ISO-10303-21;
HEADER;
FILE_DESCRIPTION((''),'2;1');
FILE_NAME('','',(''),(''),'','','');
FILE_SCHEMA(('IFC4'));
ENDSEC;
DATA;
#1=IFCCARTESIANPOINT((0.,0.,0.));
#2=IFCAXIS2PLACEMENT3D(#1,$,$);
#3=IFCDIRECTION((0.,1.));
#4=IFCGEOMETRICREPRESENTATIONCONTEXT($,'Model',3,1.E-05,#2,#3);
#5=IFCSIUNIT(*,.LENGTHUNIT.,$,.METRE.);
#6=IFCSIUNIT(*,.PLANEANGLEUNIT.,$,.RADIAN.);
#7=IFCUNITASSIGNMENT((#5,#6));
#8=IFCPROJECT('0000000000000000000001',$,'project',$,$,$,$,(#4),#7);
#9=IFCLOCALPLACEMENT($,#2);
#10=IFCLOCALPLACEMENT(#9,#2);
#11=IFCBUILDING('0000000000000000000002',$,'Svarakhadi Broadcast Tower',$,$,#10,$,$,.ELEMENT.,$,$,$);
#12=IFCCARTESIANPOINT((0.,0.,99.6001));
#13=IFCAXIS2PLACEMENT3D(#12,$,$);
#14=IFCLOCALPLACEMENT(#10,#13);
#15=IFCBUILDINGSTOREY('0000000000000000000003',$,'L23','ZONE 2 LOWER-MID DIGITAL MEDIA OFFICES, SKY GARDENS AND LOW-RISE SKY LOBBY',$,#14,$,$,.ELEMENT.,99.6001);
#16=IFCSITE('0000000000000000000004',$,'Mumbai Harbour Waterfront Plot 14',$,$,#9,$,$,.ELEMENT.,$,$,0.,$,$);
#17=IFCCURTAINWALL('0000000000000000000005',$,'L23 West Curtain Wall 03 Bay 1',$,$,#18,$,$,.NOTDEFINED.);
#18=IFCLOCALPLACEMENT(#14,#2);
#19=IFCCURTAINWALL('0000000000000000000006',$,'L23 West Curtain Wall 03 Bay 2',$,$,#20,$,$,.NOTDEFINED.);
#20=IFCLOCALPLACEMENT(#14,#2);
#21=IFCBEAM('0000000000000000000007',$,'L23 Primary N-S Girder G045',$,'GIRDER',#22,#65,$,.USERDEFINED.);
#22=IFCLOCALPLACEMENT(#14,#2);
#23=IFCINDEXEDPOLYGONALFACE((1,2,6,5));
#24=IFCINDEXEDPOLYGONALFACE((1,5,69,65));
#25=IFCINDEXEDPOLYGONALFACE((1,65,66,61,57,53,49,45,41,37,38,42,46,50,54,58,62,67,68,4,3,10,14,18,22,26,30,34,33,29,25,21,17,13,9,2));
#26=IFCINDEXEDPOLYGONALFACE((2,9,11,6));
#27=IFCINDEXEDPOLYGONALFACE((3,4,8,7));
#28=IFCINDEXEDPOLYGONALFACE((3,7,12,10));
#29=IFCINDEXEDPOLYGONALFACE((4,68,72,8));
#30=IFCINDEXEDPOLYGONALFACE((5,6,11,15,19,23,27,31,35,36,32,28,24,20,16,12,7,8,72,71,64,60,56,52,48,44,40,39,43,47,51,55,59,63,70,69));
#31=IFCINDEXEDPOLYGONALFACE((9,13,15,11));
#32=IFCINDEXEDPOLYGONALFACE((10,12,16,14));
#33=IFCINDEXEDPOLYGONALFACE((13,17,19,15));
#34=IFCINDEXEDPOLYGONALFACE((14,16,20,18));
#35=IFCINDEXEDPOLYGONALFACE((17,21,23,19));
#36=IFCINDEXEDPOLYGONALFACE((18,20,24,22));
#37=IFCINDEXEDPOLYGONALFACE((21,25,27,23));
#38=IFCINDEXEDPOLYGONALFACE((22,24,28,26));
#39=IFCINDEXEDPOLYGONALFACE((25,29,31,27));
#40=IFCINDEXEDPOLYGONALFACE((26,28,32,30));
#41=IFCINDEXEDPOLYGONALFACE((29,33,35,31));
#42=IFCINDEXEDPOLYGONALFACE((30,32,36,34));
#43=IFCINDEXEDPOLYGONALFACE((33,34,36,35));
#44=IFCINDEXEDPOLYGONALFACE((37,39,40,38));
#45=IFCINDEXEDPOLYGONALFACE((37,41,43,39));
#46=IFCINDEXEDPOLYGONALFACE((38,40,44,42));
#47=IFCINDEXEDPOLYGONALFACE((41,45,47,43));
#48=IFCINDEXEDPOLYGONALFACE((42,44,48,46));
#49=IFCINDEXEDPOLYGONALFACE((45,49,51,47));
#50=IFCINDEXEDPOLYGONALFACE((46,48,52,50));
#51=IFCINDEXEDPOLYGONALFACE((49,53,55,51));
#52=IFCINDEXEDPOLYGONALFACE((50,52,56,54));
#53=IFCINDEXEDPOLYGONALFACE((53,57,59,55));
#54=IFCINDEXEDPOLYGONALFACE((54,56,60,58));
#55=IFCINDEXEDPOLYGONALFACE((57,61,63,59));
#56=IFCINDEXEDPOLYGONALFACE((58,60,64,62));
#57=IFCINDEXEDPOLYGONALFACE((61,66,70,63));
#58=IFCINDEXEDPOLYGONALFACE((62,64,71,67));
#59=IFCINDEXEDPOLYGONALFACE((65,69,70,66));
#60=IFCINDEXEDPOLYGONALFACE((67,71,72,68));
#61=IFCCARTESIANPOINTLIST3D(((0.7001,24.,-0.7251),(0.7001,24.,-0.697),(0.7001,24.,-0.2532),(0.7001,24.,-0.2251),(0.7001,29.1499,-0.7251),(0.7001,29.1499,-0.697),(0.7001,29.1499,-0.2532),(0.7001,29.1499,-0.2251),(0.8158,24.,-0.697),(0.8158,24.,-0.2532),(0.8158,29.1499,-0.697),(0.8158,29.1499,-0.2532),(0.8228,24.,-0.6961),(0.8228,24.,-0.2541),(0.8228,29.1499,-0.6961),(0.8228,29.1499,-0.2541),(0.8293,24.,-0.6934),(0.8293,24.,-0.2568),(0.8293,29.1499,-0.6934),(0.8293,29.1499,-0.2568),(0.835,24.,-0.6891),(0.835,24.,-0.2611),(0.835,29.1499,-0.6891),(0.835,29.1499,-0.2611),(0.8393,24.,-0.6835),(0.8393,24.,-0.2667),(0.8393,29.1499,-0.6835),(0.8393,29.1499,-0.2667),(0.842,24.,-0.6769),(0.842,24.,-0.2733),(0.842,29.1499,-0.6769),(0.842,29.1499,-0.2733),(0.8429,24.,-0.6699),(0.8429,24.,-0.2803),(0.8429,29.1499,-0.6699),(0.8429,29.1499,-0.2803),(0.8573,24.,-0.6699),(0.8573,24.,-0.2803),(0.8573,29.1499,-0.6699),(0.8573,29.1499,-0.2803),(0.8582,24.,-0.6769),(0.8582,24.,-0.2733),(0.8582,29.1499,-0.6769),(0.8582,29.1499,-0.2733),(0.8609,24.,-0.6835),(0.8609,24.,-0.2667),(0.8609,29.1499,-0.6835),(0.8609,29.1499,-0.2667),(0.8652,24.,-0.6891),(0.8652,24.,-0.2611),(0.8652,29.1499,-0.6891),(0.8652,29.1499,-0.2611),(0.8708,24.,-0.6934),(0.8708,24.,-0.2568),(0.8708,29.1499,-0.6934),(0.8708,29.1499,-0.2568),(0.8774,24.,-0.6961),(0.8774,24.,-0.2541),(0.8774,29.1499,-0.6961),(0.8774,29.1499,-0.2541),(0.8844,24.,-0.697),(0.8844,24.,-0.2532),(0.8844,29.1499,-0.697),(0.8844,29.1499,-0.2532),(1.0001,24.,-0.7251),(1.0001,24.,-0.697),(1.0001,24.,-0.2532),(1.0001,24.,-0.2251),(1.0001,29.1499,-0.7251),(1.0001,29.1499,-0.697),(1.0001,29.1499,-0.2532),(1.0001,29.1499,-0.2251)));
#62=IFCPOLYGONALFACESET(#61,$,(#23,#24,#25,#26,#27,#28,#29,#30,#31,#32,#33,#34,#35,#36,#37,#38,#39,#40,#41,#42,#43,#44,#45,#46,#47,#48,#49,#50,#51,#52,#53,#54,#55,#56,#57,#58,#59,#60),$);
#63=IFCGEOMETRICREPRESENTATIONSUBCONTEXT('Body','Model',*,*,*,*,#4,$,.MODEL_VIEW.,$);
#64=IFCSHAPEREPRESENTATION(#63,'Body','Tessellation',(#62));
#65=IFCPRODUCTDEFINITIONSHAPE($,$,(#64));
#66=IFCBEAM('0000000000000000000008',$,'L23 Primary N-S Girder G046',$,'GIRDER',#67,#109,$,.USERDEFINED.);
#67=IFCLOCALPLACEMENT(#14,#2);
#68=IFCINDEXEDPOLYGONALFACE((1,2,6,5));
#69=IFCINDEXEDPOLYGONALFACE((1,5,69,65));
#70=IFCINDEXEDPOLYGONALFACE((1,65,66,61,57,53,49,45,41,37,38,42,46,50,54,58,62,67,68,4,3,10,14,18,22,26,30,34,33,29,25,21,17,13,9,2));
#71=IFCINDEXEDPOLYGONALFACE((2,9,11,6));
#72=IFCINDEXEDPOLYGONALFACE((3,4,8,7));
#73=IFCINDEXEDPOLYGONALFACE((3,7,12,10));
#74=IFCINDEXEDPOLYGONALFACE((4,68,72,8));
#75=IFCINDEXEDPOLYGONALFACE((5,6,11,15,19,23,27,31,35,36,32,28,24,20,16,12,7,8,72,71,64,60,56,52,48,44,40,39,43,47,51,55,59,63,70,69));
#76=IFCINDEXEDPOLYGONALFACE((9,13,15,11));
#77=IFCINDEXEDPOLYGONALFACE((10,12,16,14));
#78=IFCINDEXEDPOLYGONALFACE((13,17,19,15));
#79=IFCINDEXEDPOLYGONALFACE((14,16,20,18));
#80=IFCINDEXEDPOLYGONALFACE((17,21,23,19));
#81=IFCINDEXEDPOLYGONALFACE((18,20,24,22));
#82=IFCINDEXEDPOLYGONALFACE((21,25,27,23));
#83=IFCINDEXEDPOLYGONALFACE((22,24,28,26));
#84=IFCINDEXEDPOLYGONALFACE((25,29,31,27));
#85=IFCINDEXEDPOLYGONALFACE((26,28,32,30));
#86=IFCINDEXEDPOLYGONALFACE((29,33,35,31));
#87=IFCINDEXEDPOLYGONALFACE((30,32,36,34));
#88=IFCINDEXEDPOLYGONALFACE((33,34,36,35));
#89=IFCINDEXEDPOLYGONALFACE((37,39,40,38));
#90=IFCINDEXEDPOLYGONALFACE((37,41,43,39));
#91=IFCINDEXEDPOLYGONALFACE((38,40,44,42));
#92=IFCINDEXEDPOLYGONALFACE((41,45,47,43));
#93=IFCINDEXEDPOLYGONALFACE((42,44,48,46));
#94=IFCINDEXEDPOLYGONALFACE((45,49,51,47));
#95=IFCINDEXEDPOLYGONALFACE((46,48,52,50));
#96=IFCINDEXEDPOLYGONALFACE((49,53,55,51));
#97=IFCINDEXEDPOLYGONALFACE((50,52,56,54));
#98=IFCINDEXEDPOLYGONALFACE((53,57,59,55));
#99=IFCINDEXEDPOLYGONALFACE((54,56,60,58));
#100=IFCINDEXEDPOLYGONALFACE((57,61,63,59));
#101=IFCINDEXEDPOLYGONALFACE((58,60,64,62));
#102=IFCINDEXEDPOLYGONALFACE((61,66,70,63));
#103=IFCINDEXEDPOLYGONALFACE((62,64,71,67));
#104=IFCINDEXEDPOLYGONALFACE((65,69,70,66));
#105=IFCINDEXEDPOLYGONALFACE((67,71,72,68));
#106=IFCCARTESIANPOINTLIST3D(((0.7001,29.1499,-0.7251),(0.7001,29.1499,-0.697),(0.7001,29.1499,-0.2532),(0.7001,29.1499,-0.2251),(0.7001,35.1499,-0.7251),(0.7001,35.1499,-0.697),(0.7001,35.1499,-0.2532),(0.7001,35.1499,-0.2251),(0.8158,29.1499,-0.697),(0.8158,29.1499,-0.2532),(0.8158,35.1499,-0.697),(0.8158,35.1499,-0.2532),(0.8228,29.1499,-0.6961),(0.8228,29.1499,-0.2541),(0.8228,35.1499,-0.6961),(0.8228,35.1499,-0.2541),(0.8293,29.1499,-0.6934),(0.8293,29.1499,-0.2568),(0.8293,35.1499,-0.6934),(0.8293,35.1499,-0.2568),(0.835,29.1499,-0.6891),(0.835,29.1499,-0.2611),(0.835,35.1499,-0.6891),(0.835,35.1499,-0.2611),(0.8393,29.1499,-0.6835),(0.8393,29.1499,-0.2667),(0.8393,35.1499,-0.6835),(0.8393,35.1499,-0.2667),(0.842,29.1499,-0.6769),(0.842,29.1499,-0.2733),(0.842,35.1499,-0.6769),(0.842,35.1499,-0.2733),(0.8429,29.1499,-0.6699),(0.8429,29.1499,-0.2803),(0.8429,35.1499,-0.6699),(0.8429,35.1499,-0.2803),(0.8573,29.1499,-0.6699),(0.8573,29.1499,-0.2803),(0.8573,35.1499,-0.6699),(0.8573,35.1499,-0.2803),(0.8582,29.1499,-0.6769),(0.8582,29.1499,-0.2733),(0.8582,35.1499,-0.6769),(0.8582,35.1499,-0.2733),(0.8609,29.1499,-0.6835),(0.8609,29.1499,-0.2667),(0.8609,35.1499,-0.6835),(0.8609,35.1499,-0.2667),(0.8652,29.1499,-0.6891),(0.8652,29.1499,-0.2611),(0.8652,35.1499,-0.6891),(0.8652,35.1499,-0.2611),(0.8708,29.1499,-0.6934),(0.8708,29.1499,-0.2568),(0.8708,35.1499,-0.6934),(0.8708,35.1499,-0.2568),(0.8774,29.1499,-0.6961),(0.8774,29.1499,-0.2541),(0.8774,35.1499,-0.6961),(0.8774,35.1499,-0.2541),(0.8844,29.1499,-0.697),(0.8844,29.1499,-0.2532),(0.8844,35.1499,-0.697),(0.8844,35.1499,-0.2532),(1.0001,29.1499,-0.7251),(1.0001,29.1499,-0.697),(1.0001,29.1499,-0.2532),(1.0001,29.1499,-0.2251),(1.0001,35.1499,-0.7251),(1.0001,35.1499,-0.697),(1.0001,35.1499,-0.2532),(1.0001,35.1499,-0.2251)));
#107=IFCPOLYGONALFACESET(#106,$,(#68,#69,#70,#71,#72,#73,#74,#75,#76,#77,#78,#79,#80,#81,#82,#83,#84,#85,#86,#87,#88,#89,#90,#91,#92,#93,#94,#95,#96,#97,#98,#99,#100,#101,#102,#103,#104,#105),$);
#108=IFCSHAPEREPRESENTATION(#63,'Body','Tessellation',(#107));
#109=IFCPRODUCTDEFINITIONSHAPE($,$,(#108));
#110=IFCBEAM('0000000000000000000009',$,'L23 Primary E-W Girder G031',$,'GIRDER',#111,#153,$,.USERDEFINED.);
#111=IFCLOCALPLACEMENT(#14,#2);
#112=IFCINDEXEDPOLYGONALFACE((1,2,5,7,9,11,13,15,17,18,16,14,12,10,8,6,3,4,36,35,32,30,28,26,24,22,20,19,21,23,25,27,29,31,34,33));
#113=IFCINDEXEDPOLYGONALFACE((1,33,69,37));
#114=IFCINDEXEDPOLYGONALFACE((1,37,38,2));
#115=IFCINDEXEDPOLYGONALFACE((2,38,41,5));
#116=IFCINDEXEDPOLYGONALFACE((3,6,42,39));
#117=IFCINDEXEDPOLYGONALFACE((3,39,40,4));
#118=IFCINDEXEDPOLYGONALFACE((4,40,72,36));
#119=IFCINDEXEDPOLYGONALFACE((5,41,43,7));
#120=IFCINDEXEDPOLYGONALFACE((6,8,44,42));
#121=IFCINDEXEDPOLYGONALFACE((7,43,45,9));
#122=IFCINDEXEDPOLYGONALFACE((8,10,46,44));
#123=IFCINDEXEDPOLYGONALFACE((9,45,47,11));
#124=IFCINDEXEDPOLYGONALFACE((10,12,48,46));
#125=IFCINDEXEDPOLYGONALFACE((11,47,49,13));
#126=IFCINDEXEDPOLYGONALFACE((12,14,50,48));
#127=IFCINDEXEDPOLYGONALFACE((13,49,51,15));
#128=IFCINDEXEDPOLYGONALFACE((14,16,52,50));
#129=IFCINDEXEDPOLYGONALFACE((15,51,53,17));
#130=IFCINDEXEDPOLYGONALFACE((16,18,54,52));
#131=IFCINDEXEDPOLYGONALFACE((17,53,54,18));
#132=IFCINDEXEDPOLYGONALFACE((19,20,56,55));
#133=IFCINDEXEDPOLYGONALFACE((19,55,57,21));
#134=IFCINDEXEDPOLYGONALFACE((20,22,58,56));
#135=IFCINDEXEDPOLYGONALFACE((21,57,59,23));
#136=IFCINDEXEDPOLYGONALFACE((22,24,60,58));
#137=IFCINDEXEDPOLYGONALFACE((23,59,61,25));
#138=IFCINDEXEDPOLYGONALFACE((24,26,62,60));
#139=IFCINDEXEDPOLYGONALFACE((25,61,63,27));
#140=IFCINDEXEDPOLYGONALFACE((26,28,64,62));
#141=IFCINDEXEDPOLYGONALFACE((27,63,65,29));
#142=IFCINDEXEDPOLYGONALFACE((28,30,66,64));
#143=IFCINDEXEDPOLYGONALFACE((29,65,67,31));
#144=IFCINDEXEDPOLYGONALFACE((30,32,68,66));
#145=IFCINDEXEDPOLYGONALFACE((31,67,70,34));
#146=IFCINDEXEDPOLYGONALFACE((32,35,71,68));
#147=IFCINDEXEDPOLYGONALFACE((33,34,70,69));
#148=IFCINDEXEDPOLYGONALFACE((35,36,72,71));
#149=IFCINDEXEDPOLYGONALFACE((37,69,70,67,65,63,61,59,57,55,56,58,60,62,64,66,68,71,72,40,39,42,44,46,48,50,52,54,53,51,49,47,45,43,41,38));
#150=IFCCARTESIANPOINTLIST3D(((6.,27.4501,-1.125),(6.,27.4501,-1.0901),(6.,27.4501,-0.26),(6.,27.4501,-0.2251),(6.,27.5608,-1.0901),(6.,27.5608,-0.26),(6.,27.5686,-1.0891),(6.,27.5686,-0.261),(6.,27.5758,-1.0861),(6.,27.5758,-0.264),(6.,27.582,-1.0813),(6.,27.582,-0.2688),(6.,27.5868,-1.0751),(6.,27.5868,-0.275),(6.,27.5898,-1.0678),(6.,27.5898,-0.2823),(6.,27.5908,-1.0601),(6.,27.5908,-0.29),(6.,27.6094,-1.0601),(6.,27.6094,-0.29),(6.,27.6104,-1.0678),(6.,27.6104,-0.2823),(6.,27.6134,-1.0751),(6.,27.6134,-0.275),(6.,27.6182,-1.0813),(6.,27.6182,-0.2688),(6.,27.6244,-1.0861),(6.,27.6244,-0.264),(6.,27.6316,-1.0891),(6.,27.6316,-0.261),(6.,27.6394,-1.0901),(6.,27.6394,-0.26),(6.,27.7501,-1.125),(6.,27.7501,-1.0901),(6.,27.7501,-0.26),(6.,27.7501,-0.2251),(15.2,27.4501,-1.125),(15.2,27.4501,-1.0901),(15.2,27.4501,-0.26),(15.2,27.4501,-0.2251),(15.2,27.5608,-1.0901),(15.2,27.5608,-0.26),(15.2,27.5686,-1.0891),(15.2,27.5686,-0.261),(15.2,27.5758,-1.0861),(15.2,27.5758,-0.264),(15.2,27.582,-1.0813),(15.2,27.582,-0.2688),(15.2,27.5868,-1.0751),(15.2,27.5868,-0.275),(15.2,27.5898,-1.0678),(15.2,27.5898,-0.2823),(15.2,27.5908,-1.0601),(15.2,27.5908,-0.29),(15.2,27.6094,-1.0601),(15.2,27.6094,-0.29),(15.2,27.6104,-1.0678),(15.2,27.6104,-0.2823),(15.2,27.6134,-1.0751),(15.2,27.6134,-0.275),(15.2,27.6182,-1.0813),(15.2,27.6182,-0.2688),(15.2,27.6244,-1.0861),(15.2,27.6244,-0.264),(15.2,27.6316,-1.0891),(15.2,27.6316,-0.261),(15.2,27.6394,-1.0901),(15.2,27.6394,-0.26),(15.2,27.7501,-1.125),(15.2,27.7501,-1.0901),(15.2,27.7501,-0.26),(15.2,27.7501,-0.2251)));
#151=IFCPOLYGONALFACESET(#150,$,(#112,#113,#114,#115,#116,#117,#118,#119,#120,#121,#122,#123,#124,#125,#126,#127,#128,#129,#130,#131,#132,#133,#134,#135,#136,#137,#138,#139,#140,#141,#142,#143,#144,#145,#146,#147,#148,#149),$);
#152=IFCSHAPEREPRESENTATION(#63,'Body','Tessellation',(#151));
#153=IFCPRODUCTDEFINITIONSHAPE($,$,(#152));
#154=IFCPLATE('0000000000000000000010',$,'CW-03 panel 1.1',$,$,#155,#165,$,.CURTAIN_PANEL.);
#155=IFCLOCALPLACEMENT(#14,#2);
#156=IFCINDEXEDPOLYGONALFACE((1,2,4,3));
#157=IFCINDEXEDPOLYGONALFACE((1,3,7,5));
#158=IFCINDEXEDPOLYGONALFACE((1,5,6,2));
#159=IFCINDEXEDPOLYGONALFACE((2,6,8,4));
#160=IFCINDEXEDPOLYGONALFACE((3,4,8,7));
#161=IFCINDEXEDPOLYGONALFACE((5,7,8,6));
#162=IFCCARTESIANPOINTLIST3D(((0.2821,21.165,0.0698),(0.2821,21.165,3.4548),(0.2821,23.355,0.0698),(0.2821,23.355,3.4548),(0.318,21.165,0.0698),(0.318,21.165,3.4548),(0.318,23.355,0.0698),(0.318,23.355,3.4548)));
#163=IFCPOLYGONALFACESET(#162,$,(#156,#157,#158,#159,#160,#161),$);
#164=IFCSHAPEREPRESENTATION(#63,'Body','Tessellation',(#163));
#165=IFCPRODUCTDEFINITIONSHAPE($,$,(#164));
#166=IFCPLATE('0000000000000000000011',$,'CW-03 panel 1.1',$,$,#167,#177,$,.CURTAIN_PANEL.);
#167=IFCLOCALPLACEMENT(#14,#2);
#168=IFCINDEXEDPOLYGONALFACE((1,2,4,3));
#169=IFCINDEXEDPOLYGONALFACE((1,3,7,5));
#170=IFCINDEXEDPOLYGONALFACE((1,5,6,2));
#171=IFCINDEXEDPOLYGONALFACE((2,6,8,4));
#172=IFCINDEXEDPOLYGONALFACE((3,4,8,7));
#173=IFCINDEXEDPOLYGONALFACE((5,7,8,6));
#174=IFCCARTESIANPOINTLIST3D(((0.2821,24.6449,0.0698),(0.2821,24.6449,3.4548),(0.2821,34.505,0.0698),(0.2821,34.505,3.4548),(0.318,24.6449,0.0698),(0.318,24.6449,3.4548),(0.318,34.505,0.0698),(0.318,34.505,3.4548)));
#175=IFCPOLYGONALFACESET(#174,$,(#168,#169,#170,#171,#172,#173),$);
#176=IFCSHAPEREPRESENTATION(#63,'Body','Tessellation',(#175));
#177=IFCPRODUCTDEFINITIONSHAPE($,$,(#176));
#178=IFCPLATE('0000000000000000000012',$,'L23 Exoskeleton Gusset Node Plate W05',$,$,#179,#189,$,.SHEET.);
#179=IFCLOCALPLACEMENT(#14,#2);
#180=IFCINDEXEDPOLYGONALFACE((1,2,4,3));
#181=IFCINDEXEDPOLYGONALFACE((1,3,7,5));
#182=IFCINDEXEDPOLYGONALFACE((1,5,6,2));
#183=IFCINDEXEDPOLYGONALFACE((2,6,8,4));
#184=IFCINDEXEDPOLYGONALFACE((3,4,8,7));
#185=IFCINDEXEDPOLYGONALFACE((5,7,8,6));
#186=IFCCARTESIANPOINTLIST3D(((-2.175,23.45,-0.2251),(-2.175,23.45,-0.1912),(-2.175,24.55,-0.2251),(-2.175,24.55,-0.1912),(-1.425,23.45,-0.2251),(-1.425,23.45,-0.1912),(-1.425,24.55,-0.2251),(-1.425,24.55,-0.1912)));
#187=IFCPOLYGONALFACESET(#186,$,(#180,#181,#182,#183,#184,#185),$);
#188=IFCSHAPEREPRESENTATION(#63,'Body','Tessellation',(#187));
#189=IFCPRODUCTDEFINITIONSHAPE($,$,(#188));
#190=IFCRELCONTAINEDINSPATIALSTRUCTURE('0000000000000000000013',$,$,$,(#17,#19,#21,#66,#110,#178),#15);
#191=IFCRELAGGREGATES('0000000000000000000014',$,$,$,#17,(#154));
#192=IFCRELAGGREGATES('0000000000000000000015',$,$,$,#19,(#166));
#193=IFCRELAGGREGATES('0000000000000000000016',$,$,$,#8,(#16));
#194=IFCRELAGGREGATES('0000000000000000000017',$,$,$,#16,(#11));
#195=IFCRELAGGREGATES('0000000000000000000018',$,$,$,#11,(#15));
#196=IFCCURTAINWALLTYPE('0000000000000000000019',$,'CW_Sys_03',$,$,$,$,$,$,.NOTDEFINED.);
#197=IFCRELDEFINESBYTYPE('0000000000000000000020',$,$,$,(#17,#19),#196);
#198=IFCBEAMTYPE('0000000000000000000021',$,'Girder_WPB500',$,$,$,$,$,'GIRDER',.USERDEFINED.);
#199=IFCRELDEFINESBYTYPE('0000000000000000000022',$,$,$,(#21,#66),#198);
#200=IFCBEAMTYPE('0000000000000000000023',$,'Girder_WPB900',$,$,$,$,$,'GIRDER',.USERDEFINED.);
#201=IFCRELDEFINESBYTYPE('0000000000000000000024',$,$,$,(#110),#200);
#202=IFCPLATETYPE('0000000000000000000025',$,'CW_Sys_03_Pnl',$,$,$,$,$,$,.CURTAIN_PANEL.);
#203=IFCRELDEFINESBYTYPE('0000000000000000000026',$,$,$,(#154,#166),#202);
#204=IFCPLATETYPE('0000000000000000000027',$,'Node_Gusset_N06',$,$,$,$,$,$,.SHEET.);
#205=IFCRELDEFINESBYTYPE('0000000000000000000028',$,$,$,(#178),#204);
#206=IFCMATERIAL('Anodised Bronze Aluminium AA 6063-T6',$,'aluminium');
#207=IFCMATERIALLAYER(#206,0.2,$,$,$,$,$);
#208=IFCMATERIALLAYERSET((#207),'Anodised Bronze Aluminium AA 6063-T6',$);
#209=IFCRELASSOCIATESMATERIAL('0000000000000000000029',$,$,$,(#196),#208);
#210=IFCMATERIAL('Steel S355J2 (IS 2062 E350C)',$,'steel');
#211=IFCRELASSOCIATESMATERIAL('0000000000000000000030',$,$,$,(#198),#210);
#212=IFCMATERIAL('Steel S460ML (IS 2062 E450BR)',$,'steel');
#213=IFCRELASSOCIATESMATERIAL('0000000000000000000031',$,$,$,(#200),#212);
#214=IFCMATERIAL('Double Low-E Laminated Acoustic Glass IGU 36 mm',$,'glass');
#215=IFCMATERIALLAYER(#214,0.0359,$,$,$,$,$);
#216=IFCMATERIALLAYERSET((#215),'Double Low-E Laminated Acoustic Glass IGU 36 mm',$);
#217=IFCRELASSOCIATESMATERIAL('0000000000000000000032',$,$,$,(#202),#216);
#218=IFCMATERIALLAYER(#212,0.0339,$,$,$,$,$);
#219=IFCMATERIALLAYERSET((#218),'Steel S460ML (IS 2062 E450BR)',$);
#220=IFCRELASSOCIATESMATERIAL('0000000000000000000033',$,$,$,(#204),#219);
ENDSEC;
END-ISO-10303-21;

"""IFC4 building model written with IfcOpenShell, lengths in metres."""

from ifc_helpers import new_model, si_unit, direction, frame, origin, origin_2d, place, context, subcontext, project, spatial, rectangle, i_section, extrude, material, layer, layer_set, material_profile, profile_set, type_object, element, aggregate, save


model = new_model("IFC4")

# Units and contexts
model_context = context("Model", 3, precision=1e-05, world=origin(), true_north=direction((0.0, 1.0)))
body_context = subcontext(model_context, "Body", "Model", "MODEL_VIEW")
ifc_project = project(units=[si_unit("LENGTHUNIT", "METRE"), si_unit("PLANEANGLEUNIT", "RADIAN")], contexts=[model_context])

# Site, building, storey
site_placement = place(None, origin())
site = spatial("IfcSite", under=ifc_project, at=site_placement, Name="Mumbai Harbour Waterfront Plot 14", CompositionType="ELEMENT", RefElevation=0.0)
building_placement = place(site_placement, origin())
building = spatial("IfcBuilding", under=site, at=building_placement, Name="Svarakhadi Broadcast Tower", CompositionType="ELEMENT")
storey_placement = place(building_placement, frame((0.0, 0.0, 99.6001)))
storey = spatial("IfcBuildingStorey", under=building, at=storey_placement, Name="L23", Description="ZONE 2 LOWER-MID DIGITAL MEDIA OFFICES, SKY GARDENS AND LOW-RISE SKY LOBBY", CompositionType="ELEMENT", Elevation=99.6001)

# Shared definitions
ifc_material_1 = material(Name="Steel S460ML (IS 2062 E450BR)", Category="steel")

# Shared definitions
ifc_material_2 = material(Name="Steel S355J2 (IS 2062 E350C)", Category="steel")

# Curtain wall
ifc_material_3 = material(Name="Anodised Bronze Aluminium AA 6063-T6", Category="aluminium")
ifc_layer_1 = layer(ifc_material_3, 0.2)
ifc_layer_set_1 = layer_set([ifc_layer_1], Name="Anodised Bronze Aluminium AA 6063-T6")
curtain_wall_type = type_object("IfcCurtainWallType", Name="CW_Sys_03", PredefinedType="NOTDEFINED", material=ifc_layer_set_1)
curtain_wall_1_placement = place(storey_placement, origin())
curtain_wall_1 = element("IfcCurtainWall", 1, at=curtain_wall_1_placement, inside=storey, type_object=curtain_wall_type, Name="L23 West Curtain Wall 03 Bay 1", PredefinedType="NOTDEFINED")

# Curtain wall
curtain_wall_2_placement = place(storey_placement, origin())
curtain_wall_2 = element("IfcCurtainWall", 2, at=curtain_wall_2_placement, inside=storey, type_object=curtain_wall_type, Name="L23 West Curtain Wall 03 Bay 2", PredefinedType="NOTDEFINED")

# Beams
ifc_material_profile_1 = material_profile(ifc_material_2, i_section(OverallWidth=0.3, OverallDepth=0.5, WebThickness=0.0144, FlangeThickness=0.0281, FilletRadius=0.0271, at=origin_2d()), Name="WPB 500x300x187")
ifc_profile_set_1 = profile_set([ifc_material_profile_1], Name="Steel S355J2 (IS 2062 E350C)")
beam_type_1 = type_object("IfcBeamType", Name="Girder_WPB500", ElementType="GIRDER", PredefinedType="USERDEFINED", material=ifc_profile_set_1)
for number, where, z_axis, x_axis, name in (
    (3, (0.8501, 24.0, -0.4751), (0.0, 1.0, 0.0), (-1.0, 0.0, 0.0), "L23 Primary N-S Girder G045"),
):
    element("IfcBeam", number, at=place(storey_placement, frame(where, z_axis=z_axis, x_axis=x_axis)), inside=storey, type_object=beam_type_1, Name=name, ObjectType="GIRDER", PredefinedType="USERDEFINED", context=body_context, shape_type="SweptSolid", body=[
        extrude(i_section(OverallWidth=0.3, OverallDepth=0.5, WebThickness=0.0144, FlangeThickness=0.0281, FilletRadius=0.0271, at=origin_2d()), origin(), (0.0, 0.0, 1.0), 5.1499),
    ])
beam_1_placement = place(storey_placement, frame((0.8501, 29.1499, -0.4751), z_axis=(0.0, 1.0, 0.0), x_axis=(-1.0, 0.0, 0.0)))
element("IfcBeam", 4, at=beam_1_placement, inside=storey, type_object=beam_type_1, Name="L23 Primary N-S Girder G046", ObjectType="GIRDER", PredefinedType="USERDEFINED", context=body_context, shape_type="SweptSolid", body=[
    extrude(i_section(OverallWidth=0.3, OverallDepth=0.5, WebThickness=0.0144, FlangeThickness=0.0281, FilletRadius=0.0271, at=origin_2d()), origin(), (0.0, 0.0, 1.0), 6.0),
])
ifc_material_profile_2 = material_profile(ifc_material_1, i_section(OverallWidth=0.3, OverallDepth=0.8999, WebThickness=0.0186, FlangeThickness=0.0349, FilletRadius=0.03, at=origin_2d()), Name="WPB 900x300x291")
ifc_profile_set_2 = profile_set([ifc_material_profile_2], Name="Steel S460ML (IS 2062 E450BR)")
beam_type_2 = type_object("IfcBeamType", Name="Girder_WPB900", ElementType="GIRDER", PredefinedType="USERDEFINED", material=ifc_profile_set_2)
beam_2_placement = place(storey_placement, frame((6.0, 27.6001, -0.675), z_axis=(1.0, 0.0, 0.0), x_axis=(0.0, 1.0, 0.0)))
element("IfcBeam", 5, at=beam_2_placement, inside=storey, type_object=beam_type_2, Name="L23 Primary E-W Girder G031", ObjectType="GIRDER", PredefinedType="USERDEFINED", context=body_context, shape_type="SweptSolid", body=[
    extrude(i_section(OverallWidth=0.3, OverallDepth=0.8999, WebThickness=0.0186, FlangeThickness=0.0349, FilletRadius=0.03, at=origin_2d()), origin(), (0.0, 0.0, 1.0), 9.2),
])

# Plates
ifc_material_4 = material(Name="Double Low-E Laminated Acoustic Glass IGU 36 mm", Category="glass")
ifc_layer_2 = layer(ifc_material_4, 0.0359)
ifc_layer_set_2 = layer_set([ifc_layer_2], Name="Double Low-E Laminated Acoustic Glass IGU 36 mm")
plate_type_1 = type_object("IfcPlateType", Name="CW_Sys_03_Pnl", PredefinedType="CURTAIN_PANEL", material=ifc_layer_set_2)
plate_1_placement = place(storey_placement, frame((0.3, 22.26, 0.0698), z_axis=(0.0, 0.0, 1.0), x_axis=(0.0, 1.0, 0.0)))
plate_1 = element("IfcPlate", 6, at=plate_1_placement, type_object=plate_type_1, Name="CW-03 panel 1.1", PredefinedType="CURTAIN_PANEL", context=body_context, shape_type="SweptSolid", body=[
    extrude(rectangle(XDim=2.1899, YDim=0.0359, at=origin_2d()), origin(), (0.0, 0.0, 1.0), 3.385),
])
aggregate(curtain_wall_1, [plate_1])
plate_2_placement = place(storey_placement, frame((0.3, 29.575, 0.0698), z_axis=(0.0, 0.0, 1.0), x_axis=(0.0, 1.0, 0.0)))
plate_2 = element("IfcPlate", 7, at=plate_2_placement, type_object=plate_type_1, Name="CW-03 panel 1.1", PredefinedType="CURTAIN_PANEL", context=body_context, shape_type="SweptSolid", body=[
    extrude(rectangle(XDim=9.8601, YDim=0.0359, at=origin_2d()), origin(), (0.0, 0.0, 1.0), 3.385),
])
aggregate(curtain_wall_2, [plate_2])

# Plate
ifc_layer_3 = layer(ifc_material_1, 0.0339)
ifc_layer_set_3 = layer_set([ifc_layer_3], Name="Steel S460ML (IS 2062 E450BR)")
plate_type_2 = type_object("IfcPlateType", Name="Node_Gusset_N06", PredefinedType="SHEET", material=ifc_layer_set_3)
plate_3_placement = place(storey_placement, frame((-1.8, 24.0, -0.2251), z_axis=(0.0, 0.0, 1.0), x_axis=(0.0, 1.0, 0.0)))
element("IfcPlate", 8, at=plate_3_placement, inside=storey, type_object=plate_type_2, Name="L23 Exoskeleton Gusset Node Plate W05", PredefinedType="SHEET", context=body_context, shape_type="SweptSolid", body=[
    extrude(rectangle(XDim=1.1001, YDim=0.75, at=origin_2d()), origin(), (0.0, 0.0, 1.0), 0.0339),
])

save(model, "model.ifc")
